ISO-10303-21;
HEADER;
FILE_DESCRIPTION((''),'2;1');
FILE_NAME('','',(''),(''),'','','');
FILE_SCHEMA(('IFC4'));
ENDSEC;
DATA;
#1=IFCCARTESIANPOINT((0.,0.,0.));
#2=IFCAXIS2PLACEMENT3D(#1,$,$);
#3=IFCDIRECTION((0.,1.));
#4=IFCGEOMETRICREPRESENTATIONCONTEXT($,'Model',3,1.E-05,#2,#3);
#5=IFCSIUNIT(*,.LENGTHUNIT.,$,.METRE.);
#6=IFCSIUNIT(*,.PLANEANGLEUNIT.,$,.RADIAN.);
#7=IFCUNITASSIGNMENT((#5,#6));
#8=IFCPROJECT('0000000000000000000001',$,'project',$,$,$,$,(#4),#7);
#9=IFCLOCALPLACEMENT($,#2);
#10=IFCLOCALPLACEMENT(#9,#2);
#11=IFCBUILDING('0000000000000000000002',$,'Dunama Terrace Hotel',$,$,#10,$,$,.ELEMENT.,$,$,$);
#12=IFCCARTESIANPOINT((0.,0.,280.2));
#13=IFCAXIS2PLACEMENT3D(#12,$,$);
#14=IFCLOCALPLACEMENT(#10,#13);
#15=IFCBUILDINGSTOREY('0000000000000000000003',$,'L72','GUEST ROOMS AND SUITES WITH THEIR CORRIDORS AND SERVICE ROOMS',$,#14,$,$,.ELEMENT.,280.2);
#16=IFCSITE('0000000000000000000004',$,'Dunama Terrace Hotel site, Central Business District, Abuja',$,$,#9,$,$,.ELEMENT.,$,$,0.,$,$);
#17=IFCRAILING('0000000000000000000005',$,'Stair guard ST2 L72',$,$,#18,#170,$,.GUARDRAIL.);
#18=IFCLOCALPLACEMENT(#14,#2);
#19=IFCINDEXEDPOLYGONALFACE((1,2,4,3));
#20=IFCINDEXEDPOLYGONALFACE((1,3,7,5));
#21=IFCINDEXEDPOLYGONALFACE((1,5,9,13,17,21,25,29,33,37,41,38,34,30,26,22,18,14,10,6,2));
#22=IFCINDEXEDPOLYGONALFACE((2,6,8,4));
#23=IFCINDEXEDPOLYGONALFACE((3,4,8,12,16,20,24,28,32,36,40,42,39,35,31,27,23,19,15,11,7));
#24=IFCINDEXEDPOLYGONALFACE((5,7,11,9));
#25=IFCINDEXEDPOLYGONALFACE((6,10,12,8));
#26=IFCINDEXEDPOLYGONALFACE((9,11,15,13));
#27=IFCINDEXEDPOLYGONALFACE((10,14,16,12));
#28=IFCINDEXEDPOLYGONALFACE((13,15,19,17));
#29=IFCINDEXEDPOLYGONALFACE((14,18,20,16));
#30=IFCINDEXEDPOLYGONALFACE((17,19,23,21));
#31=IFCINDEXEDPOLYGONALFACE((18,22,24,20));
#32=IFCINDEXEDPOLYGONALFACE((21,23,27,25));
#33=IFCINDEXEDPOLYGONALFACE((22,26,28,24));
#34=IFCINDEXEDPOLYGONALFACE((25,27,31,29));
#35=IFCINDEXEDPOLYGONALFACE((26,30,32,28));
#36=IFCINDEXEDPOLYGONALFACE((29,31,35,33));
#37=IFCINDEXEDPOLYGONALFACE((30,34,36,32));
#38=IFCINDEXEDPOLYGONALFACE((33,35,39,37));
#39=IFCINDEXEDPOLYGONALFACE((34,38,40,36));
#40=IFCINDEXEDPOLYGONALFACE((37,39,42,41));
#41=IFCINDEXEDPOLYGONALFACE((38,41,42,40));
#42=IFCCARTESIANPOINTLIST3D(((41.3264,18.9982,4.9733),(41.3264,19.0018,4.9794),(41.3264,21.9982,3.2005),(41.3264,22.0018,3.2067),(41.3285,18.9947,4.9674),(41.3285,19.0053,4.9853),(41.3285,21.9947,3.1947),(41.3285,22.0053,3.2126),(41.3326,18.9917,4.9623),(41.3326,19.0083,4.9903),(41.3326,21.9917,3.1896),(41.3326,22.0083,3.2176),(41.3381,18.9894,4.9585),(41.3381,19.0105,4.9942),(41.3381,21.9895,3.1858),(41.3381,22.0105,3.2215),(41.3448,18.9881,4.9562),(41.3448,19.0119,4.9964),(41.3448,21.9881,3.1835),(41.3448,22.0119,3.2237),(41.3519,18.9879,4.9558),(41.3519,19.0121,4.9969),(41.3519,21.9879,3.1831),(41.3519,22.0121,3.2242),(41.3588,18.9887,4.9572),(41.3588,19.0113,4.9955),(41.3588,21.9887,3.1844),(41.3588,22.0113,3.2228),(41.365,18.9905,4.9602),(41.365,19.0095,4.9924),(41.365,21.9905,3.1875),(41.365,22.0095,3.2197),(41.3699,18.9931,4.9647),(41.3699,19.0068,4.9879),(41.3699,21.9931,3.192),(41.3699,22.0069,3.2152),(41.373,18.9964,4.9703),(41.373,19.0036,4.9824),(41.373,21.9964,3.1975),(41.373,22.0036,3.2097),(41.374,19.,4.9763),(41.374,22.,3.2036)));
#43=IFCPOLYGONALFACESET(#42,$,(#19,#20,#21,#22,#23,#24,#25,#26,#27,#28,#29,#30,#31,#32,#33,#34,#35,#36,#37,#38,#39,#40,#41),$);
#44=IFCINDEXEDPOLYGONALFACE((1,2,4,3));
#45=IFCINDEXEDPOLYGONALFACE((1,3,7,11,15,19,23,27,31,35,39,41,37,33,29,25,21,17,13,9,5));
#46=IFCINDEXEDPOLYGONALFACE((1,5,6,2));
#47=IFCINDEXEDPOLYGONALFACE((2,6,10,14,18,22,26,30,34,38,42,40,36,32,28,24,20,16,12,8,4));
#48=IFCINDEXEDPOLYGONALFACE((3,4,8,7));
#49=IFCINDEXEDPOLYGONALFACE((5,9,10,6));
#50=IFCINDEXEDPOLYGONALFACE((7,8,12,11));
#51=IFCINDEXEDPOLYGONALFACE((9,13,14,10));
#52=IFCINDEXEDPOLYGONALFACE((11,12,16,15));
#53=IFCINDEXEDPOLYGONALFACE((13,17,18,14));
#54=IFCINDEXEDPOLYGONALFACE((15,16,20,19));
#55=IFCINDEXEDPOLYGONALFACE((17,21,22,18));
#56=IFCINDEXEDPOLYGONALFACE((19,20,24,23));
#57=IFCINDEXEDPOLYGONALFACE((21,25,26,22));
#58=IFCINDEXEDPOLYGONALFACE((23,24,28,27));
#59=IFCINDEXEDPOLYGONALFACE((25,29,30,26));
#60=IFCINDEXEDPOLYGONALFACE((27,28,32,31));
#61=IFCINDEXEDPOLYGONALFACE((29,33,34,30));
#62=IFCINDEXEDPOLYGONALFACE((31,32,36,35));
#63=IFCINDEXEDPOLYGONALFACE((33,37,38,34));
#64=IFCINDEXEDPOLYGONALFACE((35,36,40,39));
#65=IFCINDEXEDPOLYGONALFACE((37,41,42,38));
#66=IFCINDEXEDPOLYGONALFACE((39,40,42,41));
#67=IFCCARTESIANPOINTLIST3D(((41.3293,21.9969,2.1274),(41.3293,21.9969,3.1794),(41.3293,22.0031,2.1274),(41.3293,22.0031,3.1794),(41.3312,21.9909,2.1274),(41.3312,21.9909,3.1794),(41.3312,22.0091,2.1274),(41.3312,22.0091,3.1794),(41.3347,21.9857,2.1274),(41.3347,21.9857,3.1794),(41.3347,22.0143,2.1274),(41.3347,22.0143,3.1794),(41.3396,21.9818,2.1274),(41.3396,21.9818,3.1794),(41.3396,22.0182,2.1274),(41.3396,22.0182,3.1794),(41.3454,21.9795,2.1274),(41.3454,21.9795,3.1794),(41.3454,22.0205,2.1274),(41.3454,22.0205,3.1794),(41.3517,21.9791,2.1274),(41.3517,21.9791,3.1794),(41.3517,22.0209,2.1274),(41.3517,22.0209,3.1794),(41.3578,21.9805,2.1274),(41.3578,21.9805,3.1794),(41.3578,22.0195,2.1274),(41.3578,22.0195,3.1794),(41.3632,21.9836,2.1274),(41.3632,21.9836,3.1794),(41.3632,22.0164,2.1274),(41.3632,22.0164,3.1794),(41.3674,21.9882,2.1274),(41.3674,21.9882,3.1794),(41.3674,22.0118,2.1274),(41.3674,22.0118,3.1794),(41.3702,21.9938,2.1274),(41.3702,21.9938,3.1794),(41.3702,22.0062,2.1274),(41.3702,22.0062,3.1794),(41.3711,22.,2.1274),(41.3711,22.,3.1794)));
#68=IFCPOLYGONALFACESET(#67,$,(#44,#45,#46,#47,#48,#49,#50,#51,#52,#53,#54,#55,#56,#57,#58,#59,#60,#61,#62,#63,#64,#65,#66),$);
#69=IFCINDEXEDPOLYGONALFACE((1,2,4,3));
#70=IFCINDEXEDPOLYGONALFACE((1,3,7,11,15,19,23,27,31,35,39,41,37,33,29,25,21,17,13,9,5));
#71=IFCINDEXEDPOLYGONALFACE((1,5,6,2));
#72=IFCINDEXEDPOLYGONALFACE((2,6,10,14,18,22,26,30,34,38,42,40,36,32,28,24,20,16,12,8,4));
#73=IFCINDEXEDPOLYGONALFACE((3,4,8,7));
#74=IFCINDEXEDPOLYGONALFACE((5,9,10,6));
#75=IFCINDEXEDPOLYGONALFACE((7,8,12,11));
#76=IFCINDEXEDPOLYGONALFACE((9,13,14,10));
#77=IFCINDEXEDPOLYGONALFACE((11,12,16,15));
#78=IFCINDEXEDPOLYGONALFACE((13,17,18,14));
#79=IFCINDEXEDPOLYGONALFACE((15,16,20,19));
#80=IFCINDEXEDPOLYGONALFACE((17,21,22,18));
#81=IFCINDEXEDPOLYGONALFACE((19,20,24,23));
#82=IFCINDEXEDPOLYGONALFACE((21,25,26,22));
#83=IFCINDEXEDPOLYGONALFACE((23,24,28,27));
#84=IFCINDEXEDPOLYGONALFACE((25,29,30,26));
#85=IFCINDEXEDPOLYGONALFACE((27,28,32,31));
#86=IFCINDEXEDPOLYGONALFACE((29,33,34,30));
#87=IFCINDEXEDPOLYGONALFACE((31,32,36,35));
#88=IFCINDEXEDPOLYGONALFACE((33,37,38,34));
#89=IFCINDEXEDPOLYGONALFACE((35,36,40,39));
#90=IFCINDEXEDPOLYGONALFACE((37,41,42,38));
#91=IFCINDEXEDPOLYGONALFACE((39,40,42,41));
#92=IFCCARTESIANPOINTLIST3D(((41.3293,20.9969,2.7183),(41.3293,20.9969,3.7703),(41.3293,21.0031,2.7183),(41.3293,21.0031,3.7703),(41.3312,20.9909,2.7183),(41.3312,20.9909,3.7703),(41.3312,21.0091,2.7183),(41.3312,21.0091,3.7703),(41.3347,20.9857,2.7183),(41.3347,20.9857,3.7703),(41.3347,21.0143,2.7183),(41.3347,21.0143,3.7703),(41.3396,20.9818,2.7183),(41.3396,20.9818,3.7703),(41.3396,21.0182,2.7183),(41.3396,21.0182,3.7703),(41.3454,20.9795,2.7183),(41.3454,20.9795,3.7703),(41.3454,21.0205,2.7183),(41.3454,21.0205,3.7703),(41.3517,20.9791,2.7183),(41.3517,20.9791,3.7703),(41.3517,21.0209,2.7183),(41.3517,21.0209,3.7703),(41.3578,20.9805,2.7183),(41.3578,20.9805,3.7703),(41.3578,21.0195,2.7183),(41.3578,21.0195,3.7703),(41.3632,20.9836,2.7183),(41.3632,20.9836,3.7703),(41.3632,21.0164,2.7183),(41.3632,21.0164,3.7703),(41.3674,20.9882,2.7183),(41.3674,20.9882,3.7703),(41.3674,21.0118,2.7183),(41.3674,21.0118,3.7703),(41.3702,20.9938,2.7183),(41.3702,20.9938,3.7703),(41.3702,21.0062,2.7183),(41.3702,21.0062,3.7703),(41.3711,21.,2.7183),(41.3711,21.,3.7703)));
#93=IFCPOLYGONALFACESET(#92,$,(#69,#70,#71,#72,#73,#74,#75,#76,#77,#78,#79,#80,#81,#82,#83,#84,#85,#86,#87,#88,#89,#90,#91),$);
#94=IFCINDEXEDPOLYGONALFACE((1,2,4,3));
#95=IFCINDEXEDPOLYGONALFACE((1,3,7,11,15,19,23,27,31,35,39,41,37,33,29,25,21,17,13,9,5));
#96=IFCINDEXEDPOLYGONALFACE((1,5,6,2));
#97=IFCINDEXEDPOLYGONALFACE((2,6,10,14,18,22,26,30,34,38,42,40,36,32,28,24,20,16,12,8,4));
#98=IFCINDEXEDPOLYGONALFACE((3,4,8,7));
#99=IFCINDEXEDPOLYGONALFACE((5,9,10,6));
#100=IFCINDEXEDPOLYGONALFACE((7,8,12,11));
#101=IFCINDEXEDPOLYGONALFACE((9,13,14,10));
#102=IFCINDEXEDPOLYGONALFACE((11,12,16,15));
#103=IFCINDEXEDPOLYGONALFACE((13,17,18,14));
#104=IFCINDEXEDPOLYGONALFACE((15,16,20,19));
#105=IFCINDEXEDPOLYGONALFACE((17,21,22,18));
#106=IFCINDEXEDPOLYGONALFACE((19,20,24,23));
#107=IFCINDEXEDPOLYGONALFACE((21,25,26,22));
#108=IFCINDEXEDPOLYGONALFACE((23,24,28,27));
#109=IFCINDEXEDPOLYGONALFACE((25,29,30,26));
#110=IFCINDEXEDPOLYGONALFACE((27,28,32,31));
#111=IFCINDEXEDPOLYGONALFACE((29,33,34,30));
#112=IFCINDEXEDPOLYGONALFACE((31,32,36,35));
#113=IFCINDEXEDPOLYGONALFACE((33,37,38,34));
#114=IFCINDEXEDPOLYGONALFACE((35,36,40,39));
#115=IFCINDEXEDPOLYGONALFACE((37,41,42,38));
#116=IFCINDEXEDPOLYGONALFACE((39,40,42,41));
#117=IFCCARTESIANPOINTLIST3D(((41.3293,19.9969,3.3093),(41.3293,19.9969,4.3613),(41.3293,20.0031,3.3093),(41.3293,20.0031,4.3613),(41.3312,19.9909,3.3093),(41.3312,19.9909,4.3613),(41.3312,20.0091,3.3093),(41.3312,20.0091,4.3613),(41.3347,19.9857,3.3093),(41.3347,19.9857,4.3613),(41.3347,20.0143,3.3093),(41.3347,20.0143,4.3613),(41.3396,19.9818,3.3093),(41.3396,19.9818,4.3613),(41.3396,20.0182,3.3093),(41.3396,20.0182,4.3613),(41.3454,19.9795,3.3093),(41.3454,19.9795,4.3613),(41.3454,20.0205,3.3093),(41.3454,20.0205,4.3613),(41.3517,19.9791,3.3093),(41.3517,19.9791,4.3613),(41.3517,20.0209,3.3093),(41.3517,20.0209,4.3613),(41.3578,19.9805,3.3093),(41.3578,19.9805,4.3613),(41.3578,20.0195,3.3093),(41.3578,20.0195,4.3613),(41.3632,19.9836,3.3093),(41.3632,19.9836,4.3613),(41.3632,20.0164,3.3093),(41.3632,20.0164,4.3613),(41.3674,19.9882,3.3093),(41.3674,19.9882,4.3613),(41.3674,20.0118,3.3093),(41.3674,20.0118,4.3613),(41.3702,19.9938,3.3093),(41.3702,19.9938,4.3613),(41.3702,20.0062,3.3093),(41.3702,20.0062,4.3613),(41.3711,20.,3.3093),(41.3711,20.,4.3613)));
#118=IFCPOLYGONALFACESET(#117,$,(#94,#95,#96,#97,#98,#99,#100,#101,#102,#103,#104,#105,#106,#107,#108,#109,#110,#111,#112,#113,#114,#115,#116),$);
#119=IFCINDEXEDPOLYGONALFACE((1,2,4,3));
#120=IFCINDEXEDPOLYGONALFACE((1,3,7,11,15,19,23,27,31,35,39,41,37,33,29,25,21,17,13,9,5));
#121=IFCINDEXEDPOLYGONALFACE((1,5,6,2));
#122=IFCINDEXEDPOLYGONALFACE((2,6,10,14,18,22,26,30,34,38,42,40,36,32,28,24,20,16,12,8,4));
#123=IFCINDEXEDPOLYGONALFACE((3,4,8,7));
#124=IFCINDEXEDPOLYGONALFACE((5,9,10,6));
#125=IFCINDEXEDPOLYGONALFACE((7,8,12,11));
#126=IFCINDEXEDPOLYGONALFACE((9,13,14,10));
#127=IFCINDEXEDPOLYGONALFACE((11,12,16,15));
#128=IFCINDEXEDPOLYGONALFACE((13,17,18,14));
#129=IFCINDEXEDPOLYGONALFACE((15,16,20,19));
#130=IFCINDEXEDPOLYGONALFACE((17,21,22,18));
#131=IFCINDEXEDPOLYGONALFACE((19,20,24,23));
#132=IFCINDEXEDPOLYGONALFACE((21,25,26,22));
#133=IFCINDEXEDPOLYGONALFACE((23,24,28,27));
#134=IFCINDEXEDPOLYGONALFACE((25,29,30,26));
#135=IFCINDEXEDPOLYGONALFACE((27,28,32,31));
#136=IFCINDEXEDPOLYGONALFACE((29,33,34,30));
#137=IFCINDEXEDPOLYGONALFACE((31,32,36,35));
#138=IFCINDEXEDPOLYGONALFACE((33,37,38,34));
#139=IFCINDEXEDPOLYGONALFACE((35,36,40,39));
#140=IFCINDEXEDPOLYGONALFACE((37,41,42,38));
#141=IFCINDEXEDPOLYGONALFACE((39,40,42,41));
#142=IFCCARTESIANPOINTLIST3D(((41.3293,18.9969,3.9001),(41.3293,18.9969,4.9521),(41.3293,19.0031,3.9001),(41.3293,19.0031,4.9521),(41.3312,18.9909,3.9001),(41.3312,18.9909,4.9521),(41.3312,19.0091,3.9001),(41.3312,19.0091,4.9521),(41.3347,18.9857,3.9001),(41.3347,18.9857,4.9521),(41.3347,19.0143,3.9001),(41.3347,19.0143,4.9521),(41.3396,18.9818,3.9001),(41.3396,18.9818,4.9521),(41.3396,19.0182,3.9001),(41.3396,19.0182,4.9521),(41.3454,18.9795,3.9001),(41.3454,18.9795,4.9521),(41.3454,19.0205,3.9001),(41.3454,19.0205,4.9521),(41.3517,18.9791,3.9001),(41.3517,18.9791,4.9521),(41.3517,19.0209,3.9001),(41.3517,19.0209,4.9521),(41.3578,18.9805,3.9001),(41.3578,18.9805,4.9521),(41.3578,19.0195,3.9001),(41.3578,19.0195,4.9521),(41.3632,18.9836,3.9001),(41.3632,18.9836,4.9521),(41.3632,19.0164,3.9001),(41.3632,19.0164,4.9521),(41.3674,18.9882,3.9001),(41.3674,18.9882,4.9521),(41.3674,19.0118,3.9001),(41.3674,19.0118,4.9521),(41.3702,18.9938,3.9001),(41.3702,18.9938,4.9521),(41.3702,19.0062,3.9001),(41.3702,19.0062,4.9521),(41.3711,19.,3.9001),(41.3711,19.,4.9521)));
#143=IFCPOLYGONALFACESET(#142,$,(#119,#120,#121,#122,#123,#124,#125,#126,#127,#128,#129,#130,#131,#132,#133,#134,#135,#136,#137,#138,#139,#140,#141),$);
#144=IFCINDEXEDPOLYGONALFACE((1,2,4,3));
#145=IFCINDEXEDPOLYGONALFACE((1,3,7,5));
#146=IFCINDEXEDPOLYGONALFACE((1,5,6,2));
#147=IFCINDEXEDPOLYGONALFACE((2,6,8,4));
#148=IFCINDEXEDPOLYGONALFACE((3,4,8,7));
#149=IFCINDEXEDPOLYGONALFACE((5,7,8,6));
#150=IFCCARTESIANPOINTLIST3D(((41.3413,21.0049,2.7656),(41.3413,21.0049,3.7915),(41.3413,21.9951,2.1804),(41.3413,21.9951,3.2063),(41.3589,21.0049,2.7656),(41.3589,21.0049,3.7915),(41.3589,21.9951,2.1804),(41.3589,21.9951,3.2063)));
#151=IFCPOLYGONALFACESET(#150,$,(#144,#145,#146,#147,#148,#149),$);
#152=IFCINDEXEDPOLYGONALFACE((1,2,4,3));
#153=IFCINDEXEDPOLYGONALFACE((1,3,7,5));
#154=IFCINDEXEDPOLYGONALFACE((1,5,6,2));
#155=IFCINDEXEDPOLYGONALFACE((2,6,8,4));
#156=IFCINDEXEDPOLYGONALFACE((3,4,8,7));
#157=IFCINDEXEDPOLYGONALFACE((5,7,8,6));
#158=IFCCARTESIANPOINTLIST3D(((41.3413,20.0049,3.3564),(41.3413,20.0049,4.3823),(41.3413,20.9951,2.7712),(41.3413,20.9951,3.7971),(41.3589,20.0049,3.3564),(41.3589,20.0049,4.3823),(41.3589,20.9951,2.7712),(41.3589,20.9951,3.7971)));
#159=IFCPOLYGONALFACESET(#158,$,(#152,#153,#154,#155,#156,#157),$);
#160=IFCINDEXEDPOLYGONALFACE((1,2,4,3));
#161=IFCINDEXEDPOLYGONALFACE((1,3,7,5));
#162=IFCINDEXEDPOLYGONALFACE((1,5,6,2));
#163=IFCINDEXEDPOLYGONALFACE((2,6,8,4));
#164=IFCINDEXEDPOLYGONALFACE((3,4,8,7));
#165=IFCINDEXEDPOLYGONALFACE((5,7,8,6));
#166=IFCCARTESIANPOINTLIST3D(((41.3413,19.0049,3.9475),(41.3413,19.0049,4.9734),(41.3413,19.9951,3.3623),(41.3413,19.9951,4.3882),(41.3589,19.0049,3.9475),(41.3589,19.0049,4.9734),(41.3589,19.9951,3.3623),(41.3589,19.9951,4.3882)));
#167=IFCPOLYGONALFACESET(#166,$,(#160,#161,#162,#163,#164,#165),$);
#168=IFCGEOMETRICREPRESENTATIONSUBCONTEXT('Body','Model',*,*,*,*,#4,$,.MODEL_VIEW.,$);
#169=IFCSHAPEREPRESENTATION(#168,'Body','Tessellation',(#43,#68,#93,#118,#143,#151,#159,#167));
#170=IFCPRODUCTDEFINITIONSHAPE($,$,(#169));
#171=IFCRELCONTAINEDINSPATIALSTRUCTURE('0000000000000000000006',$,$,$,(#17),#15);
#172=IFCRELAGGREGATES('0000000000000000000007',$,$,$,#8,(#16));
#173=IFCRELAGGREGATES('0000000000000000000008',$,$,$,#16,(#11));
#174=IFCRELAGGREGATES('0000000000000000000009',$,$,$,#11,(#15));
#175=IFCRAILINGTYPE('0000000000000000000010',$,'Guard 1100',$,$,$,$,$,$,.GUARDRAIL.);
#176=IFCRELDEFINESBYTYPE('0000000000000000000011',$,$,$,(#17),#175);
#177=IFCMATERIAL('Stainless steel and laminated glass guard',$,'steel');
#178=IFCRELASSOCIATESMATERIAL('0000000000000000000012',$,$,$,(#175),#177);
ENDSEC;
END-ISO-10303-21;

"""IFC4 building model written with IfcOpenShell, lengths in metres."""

from ifc_helpers import new_model, si_unit, direction, frame, origin, origin_2d, place, context, subcontext, project, spatial, polyline, circle, outline, extrude, material, type_object, element, save


model = new_model("IFC4")

# Units and contexts
model_context = context("Model", 3, precision=1e-05, world=origin(), true_north=direction((0.0, 1.0)))
body_context = subcontext(model_context, "Body", "Model", "MODEL_VIEW")
ifc_project = project(units=[si_unit("LENGTHUNIT", "METRE"), si_unit("PLANEANGLEUNIT", "RADIAN")], contexts=[model_context])

# Site, building, storey
site_placement = place(None, origin())
site = spatial("IfcSite", under=ifc_project, at=site_placement, Name="Dunama Terrace Hotel site, Central Business District, Abuja", CompositionType="ELEMENT", RefElevation=0.0)
building_placement = place(site_placement, origin())
building = spatial("IfcBuilding", under=site, at=building_placement, Name="Dunama Terrace Hotel", CompositionType="ELEMENT")
storey_placement = place(building_placement, frame((0.0, 0.0, 280.2)))
storey = spatial("IfcBuildingStorey", under=building, at=storey_placement, Name="L72", Description="GUEST ROOMS AND SUITES WITH THEIR CORRIDORS AND SERVICE ROOMS", CompositionType="ELEMENT", Elevation=280.2)

# Railing
ifc_material_1 = material(Name="Stainless steel and laminated glass guard", Category="steel")
railing_type_1 = type_object("IfcRailingType", Name="Guard 1100", PredefinedType="GUARDRAIL", material=ifc_material_1)
railing_1_placement = place(storey_placement, frame((41.3501, 22.0, 2.1274)))
element("IfcRailing", 1, at=railing_1_placement, inside=storey, type_object=railing_type_1, Name="Stair guard ST2 L72", PredefinedType="GUARDRAIL", context=body_context, shape_type="SweptSolid", body=[
    extrude(circle(Radius=0.0239, at=origin_2d()), frame((0.0, 0.0, 1.0762), z_axis=(0.0, -0.860929, 0.508725), x_axis=(1.0, 0.0, 0.0)), (0.0, 0.0, 1.0), 3.4846),
    extrude(circle(Radius=0.021, at=origin_2d()), origin(), (0.0, 0.0, 1.0), 1.052),
    extrude(circle(Radius=0.021, at=origin_2d()), frame((0.0, -1.0, 0.5908)), (0.0, 0.0, 1.0), 1.052),
    extrude(circle(Radius=0.021, at=origin_2d()), frame((0.0, -2.0, 1.1819)), (0.0, 0.0, 1.0), 1.052),
    extrude(circle(Radius=0.021, at=origin_2d()), frame((0.0, -3.0, 1.7727)), (0.0, 0.0, 1.0), 1.052),
    extrude(outline(polyline([(0.0049, 0.053), (0.9951, 0.6382), (0.9951, 1.6641), (0.0049, 1.0789), (0.0049, 0.053)])), frame((0.0088, 0.0, 0.0), z_axis=(-1.0, 0.0, 0.0), x_axis=(0.0, -1.0, 0.0)), (0.0, 0.0, 1.0), 0.0176),
    extrude(outline(polyline([(0.0049, 0.053), (0.9951, 0.6382), (0.9951, 1.6641), (0.0049, 1.0789), (0.0049, 0.053)])), frame((0.0088, -1.0, 0.5908), z_axis=(-1.0, 0.0, 0.0), x_axis=(0.0, -1.0, 0.0)), (0.0, 0.0, 1.0), 0.0176),
    extrude(outline(polyline([(0.0049, 0.053), (0.9951, 0.6382), (0.9951, 1.6641), (0.0049, 1.0789), (0.0049, 0.053)])), frame((0.0088, -2.0, 1.1819), z_axis=(-1.0, 0.0, 0.0), x_axis=(0.0, -1.0, 0.0)), (0.0, 0.0, 1.0), 0.0176),
])

save(model, "model.ifc")
